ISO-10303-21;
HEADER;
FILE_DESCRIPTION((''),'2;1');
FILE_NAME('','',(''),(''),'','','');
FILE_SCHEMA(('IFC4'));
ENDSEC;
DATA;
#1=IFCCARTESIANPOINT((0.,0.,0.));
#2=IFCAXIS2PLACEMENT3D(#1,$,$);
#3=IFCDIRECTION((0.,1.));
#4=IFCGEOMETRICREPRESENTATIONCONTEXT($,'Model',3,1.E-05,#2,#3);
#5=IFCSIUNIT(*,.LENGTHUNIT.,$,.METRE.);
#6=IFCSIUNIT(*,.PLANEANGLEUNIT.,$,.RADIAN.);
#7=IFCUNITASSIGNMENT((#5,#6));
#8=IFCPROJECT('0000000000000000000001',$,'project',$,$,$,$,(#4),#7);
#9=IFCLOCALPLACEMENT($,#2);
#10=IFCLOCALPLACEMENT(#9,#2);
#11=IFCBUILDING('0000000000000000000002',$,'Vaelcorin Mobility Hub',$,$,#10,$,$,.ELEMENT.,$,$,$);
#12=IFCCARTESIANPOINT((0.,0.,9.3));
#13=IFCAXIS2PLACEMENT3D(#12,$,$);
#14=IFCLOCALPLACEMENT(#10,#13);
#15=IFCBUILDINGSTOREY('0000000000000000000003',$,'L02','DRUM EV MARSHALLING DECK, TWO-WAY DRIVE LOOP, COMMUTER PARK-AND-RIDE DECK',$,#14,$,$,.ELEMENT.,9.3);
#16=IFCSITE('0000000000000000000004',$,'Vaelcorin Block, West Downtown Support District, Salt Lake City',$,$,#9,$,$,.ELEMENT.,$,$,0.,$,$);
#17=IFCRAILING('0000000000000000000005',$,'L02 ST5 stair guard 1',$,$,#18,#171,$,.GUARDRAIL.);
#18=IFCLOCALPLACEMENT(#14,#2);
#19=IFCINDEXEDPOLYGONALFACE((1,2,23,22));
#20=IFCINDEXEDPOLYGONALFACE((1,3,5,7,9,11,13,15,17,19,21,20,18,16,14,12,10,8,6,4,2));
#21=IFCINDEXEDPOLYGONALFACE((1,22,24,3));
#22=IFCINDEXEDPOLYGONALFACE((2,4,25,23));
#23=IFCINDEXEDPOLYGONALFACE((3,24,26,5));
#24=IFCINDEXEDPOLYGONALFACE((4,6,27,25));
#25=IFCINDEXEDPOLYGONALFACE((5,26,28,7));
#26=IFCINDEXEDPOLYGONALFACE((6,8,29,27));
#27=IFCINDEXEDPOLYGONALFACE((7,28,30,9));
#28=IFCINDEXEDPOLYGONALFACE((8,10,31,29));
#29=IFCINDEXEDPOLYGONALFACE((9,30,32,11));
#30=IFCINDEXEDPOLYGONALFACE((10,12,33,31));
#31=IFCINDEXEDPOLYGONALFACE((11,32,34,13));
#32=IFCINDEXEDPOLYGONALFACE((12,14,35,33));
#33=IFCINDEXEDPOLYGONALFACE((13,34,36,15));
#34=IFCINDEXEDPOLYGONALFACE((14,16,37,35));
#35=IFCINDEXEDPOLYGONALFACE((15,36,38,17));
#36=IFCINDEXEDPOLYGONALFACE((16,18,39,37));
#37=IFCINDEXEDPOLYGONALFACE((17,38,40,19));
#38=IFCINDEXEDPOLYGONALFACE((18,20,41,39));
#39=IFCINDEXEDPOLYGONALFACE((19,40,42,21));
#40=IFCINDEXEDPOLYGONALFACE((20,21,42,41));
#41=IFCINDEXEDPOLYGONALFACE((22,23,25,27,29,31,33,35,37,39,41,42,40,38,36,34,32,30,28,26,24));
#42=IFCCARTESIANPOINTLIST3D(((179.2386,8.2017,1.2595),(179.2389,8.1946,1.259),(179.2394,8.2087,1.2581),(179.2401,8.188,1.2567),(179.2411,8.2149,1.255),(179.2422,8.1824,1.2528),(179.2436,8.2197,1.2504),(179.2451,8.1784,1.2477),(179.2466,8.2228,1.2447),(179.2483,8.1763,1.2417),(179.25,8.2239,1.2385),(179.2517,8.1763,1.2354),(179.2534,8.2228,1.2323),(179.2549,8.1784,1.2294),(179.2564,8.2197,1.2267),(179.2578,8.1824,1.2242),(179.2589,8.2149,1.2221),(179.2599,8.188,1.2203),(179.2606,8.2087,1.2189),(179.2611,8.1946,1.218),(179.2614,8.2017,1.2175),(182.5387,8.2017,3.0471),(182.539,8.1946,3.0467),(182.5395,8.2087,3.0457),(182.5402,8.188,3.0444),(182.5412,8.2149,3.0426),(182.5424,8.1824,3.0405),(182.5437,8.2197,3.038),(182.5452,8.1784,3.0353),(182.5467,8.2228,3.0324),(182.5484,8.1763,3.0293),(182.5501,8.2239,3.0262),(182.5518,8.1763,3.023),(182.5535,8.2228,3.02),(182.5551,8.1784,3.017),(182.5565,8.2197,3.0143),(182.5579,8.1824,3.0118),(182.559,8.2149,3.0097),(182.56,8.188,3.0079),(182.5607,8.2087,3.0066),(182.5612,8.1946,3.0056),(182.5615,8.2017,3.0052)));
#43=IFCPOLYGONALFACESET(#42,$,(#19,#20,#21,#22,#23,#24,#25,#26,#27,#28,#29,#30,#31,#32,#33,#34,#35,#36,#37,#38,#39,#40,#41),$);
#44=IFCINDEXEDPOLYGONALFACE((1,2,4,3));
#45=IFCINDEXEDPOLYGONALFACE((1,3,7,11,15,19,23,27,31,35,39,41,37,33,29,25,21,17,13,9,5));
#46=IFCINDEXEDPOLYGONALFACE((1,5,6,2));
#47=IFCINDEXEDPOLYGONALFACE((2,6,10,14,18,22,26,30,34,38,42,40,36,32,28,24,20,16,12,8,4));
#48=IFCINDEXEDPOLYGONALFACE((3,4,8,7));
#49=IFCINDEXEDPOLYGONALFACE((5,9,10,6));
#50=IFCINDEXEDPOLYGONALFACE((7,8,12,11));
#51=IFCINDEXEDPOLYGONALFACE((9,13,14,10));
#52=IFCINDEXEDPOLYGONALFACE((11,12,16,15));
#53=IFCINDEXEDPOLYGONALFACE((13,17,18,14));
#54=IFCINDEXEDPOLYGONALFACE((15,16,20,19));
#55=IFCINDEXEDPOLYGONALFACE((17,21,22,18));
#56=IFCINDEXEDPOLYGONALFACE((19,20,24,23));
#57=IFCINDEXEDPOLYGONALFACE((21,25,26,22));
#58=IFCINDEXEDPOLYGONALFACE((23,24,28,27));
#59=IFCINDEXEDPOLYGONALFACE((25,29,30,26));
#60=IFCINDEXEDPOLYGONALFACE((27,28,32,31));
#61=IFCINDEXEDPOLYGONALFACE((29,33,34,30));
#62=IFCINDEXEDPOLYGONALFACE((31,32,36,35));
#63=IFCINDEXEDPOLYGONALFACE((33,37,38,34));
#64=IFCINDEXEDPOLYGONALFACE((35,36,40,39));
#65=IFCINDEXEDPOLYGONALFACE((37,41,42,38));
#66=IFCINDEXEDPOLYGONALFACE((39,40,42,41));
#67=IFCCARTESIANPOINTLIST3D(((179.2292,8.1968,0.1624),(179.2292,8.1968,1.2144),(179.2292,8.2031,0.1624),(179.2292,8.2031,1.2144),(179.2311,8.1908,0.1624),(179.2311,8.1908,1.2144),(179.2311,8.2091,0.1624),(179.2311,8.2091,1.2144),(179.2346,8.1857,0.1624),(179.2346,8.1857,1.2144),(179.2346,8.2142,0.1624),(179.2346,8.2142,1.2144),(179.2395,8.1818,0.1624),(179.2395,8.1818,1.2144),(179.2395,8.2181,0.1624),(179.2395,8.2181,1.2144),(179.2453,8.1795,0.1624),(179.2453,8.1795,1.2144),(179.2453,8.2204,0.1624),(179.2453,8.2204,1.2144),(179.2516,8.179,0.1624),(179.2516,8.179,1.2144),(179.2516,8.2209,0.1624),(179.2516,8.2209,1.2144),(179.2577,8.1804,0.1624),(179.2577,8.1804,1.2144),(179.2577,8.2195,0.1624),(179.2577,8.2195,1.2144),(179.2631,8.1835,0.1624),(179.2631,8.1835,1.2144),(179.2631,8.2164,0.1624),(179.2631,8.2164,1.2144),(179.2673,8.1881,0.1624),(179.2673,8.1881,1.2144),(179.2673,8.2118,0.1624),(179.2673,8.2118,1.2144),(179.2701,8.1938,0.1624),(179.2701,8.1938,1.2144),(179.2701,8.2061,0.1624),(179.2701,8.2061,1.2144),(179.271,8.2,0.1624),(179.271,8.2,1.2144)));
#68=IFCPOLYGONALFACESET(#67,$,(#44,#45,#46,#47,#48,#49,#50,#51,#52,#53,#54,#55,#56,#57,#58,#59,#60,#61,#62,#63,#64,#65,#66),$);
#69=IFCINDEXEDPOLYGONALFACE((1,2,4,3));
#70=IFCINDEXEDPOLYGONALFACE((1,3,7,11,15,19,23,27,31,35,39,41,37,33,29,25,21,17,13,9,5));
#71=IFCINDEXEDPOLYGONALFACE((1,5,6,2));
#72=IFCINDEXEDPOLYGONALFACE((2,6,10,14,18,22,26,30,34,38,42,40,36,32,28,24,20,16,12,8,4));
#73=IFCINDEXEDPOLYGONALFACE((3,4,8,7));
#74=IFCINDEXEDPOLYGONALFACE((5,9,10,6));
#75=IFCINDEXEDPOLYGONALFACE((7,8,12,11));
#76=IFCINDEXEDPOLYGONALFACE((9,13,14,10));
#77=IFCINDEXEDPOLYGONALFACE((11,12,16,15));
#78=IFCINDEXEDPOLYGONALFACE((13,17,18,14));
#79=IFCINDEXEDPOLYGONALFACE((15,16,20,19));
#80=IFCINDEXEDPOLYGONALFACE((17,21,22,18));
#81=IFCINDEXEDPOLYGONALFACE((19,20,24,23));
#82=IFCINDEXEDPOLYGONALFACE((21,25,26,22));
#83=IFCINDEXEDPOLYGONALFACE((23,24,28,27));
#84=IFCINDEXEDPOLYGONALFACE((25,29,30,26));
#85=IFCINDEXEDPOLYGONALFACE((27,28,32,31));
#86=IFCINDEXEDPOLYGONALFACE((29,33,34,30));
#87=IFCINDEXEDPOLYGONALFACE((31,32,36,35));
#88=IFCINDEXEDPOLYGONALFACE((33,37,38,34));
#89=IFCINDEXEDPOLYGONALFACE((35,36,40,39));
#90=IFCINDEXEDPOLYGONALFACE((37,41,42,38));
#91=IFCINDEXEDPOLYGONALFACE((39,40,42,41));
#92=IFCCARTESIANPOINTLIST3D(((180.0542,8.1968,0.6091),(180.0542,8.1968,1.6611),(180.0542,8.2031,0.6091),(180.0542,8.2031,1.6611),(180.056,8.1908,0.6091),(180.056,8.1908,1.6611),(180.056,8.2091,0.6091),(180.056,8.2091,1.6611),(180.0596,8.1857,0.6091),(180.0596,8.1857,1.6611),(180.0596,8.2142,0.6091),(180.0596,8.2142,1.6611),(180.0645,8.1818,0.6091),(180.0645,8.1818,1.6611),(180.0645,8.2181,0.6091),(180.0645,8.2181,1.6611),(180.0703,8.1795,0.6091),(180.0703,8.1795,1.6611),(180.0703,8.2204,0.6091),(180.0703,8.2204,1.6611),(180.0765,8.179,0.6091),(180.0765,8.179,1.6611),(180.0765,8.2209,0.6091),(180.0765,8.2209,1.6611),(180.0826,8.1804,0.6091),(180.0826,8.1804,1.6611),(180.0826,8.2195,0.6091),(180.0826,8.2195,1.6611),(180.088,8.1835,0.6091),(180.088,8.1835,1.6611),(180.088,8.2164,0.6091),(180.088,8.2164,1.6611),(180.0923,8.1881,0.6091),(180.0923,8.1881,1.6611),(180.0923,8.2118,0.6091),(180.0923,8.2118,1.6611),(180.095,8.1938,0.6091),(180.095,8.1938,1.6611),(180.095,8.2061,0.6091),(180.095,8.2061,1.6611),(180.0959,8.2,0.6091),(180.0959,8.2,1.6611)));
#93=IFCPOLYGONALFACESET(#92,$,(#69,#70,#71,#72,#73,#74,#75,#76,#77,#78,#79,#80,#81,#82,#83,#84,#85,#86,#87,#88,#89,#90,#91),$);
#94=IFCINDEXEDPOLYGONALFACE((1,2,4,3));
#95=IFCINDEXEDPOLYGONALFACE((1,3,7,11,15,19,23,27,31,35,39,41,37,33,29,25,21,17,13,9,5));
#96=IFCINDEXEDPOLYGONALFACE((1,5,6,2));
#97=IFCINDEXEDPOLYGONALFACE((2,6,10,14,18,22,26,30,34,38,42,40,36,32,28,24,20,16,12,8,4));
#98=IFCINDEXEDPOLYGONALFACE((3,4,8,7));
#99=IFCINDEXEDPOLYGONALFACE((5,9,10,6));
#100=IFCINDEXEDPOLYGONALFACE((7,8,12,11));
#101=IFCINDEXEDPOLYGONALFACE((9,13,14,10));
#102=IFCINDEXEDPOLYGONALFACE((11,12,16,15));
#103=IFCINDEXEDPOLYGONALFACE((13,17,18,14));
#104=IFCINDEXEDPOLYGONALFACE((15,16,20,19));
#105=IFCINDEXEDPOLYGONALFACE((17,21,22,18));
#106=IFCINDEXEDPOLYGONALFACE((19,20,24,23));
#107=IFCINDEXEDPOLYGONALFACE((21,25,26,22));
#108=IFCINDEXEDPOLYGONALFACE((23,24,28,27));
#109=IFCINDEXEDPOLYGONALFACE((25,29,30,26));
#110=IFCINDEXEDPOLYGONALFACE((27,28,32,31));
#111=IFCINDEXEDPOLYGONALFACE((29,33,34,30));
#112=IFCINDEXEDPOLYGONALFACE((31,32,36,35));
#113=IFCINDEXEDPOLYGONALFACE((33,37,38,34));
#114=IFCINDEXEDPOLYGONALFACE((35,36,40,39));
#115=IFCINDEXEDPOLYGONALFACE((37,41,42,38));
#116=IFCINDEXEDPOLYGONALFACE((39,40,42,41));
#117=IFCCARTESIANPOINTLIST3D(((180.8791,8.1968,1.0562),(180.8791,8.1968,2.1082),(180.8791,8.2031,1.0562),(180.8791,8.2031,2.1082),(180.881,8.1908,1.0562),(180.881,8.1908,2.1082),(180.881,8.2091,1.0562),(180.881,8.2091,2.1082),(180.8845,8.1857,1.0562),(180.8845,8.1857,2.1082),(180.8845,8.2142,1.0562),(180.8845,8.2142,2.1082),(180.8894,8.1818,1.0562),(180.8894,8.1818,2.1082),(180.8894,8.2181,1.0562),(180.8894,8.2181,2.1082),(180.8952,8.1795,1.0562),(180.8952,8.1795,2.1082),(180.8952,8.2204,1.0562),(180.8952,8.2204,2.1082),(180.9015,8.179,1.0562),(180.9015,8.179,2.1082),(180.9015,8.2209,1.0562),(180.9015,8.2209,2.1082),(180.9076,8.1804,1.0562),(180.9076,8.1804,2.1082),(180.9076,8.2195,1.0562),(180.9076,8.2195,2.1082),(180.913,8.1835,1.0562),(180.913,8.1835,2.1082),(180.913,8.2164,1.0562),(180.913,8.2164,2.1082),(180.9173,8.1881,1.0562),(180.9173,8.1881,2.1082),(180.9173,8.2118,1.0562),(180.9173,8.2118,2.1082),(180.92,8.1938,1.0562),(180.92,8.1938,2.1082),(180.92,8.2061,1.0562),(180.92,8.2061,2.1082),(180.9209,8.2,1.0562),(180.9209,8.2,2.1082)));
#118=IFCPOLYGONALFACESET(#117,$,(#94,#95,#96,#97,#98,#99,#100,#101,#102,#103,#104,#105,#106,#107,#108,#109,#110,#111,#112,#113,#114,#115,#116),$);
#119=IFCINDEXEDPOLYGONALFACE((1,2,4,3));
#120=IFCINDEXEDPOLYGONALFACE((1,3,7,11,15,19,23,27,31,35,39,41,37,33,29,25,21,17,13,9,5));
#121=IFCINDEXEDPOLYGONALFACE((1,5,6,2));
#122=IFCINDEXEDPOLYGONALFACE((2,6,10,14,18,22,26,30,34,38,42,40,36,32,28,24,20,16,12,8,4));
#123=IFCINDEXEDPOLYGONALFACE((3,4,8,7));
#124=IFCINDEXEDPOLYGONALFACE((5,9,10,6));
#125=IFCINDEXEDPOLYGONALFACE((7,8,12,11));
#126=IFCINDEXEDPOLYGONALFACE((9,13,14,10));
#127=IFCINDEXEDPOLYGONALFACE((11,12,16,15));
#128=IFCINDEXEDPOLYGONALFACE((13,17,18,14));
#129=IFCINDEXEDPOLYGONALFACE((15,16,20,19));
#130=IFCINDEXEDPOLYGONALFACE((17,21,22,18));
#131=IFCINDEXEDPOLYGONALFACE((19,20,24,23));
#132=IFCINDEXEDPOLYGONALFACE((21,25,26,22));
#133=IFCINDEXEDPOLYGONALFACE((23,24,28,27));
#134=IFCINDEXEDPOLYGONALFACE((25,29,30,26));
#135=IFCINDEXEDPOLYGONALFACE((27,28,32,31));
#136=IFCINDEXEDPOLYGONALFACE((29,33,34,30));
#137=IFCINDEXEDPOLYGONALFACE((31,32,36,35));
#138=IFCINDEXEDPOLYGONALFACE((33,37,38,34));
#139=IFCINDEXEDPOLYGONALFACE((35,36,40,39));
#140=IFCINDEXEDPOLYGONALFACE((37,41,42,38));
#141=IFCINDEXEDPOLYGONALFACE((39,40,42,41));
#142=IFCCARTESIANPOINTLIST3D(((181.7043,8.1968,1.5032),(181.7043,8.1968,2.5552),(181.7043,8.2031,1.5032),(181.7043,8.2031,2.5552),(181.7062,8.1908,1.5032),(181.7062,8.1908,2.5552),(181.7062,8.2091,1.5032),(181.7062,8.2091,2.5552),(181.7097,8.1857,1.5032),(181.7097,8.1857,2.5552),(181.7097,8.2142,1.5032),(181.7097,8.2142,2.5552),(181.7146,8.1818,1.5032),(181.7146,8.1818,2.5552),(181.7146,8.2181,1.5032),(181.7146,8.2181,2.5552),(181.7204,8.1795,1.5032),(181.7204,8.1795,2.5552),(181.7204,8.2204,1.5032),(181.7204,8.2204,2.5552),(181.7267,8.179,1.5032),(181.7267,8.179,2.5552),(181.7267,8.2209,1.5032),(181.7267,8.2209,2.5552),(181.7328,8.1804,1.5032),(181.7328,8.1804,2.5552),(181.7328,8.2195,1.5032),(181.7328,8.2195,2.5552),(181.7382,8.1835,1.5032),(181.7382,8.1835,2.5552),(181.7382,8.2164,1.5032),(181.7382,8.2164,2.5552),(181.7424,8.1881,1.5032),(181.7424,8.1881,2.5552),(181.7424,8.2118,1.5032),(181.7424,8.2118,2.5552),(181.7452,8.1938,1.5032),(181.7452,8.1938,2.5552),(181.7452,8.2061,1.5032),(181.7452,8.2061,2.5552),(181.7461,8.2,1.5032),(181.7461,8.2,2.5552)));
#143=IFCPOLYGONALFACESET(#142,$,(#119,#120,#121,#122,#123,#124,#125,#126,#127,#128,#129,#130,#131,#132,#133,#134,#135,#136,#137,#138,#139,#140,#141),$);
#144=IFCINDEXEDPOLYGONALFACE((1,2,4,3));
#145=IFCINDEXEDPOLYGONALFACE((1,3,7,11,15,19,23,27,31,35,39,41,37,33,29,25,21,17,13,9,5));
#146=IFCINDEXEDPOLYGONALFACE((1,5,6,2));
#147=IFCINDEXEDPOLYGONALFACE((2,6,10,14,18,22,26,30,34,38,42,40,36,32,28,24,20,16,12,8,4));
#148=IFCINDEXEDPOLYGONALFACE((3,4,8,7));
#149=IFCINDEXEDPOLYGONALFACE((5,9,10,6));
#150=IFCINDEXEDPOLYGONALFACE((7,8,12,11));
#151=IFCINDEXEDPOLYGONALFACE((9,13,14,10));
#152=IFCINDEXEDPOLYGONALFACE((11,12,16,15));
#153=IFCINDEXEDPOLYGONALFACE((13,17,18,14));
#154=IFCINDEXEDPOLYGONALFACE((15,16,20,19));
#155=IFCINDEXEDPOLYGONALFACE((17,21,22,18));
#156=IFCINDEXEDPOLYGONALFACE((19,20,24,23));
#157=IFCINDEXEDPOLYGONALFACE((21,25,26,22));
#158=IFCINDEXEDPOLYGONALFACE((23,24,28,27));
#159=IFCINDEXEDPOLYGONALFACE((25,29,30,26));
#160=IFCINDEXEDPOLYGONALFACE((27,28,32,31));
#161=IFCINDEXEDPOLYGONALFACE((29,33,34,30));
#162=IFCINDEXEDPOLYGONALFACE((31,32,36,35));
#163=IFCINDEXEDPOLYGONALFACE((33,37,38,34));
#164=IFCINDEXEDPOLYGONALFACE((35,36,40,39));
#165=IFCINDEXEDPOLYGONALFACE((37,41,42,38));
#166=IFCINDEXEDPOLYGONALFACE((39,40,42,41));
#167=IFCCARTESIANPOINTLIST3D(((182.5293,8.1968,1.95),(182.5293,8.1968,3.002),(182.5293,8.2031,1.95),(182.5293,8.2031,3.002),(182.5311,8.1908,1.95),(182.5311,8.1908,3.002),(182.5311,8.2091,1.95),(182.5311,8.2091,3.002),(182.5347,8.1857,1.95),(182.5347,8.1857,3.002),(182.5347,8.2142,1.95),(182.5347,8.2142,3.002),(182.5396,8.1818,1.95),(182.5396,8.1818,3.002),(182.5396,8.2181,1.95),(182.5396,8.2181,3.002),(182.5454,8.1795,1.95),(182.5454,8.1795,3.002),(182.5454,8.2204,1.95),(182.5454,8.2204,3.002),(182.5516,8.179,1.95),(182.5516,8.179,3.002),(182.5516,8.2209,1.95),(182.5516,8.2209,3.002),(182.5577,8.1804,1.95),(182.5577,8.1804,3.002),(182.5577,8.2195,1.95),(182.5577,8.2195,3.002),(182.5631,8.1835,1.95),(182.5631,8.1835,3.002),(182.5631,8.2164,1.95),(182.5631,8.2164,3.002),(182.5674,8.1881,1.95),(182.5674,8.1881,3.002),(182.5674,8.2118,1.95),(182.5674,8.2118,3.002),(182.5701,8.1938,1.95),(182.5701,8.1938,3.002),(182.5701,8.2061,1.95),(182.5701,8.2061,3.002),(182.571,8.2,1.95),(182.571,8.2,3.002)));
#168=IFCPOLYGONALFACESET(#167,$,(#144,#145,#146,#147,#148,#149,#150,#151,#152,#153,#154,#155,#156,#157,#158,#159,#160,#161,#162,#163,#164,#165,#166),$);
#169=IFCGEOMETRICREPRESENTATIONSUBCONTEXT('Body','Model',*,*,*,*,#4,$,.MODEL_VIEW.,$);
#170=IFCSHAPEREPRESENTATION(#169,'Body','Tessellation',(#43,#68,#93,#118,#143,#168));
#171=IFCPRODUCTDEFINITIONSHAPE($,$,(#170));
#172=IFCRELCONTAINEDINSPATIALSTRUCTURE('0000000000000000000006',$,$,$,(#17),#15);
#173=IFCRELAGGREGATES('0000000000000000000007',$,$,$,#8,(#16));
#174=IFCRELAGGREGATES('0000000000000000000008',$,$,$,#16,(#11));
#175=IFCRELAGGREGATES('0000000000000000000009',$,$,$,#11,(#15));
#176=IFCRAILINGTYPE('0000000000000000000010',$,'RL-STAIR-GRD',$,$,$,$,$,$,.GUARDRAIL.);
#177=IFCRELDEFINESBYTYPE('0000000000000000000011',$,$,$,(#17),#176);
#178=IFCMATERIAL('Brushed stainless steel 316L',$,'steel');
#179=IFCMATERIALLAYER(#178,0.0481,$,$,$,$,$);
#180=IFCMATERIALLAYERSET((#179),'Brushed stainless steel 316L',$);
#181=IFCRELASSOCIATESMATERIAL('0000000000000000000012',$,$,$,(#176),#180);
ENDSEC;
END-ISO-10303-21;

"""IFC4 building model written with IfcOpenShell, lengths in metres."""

from ifc_helpers import new_model, si_unit, direction, frame, origin, origin_2d, place, context, subcontext, project, spatial, circle, extrude, material, layer, layer_set, type_object, element, save


model = new_model("IFC4")

# Units and contexts
model_context = context("Model", 3, precision=1e-05, world=origin(), true_north=direction((0.0, 1.0)))
body_context = subcontext(model_context, "Body", "Model", "MODEL_VIEW")
ifc_project = project(units=[si_unit("LENGTHUNIT", "METRE"), si_unit("PLANEANGLEUNIT", "RADIAN")], contexts=[model_context])

# Site, building, storey
site_placement = place(None, origin())
site = spatial("IfcSite", under=ifc_project, at=site_placement, Name="Vaelcorin Block, West Downtown Support District, Salt Lake City", CompositionType="ELEMENT", RefElevation=0.0)
building_placement = place(site_placement, origin())
building = spatial("IfcBuilding", under=site, at=building_placement, Name="Vaelcorin Mobility Hub", CompositionType="ELEMENT")
storey_placement = place(building_placement, frame((0.0, 0.0, 9.3)))
storey = spatial("IfcBuildingStorey", under=building, at=storey_placement, Name="L02", Description="DRUM EV MARSHALLING DECK, TWO-WAY DRIVE LOOP, COMMUTER PARK-AND-RIDE DECK", CompositionType="ELEMENT", Elevation=9.3)

# Railing
ifc_material_1 = material(Name="Brushed stainless steel 316L", Category="steel")
ifc_layer_1 = layer(ifc_material_1, 0.0481)
ifc_layer_set_1 = layer_set([ifc_layer_1], Name="Brushed stainless steel 316L")
railing_type_1 = type_object("IfcRailingType", Name="RL-STAIR-GRD", PredefinedType="GUARDRAIL", material=ifc_layer_set_1)
railing_1_placement = place(storey_placement, frame((179.25, 8.2, 0.1624)))
element("IfcRailing", 1, at=railing_1_placement, inside=storey, type_object=railing_type_1, Name="L02 ST5 stair guard 1", PredefinedType="GUARDRAIL", context=body_context, shape_type="SweptSolid", body=[
    extrude(circle(Radius=0.0239, at=origin_2d()), frame((0.0, 0.0, 1.0762), z_axis=(0.879284, 0.0, 0.476298), x_axis=(0.0, 1.0, 0.0)), (0.0, 0.0, 1.0), 3.7532),
    extrude(circle(Radius=0.021, at=origin_2d()), origin(), (0.0, 0.0, 1.0), 1.052),
    extrude(circle(Radius=0.021, at=origin_2d()), frame((0.825, 0.0, 0.4468)), (0.0, 0.0, 1.0), 1.052),
    extrude(circle(Radius=0.021, at=origin_2d()), frame((1.6499, 0.0, 0.8938)), (0.0, 0.0, 1.0), 1.052),
    extrude(circle(Radius=0.021, at=origin_2d()), frame((2.4751, 0.0, 1.3408)), (0.0, 0.0, 1.0), 1.052),
    extrude(circle(Radius=0.021, at=origin_2d()), frame((3.3, 0.0, 1.7876)), (0.0, 0.0, 1.0), 1.052),
])

save(model, "model.ifc")
